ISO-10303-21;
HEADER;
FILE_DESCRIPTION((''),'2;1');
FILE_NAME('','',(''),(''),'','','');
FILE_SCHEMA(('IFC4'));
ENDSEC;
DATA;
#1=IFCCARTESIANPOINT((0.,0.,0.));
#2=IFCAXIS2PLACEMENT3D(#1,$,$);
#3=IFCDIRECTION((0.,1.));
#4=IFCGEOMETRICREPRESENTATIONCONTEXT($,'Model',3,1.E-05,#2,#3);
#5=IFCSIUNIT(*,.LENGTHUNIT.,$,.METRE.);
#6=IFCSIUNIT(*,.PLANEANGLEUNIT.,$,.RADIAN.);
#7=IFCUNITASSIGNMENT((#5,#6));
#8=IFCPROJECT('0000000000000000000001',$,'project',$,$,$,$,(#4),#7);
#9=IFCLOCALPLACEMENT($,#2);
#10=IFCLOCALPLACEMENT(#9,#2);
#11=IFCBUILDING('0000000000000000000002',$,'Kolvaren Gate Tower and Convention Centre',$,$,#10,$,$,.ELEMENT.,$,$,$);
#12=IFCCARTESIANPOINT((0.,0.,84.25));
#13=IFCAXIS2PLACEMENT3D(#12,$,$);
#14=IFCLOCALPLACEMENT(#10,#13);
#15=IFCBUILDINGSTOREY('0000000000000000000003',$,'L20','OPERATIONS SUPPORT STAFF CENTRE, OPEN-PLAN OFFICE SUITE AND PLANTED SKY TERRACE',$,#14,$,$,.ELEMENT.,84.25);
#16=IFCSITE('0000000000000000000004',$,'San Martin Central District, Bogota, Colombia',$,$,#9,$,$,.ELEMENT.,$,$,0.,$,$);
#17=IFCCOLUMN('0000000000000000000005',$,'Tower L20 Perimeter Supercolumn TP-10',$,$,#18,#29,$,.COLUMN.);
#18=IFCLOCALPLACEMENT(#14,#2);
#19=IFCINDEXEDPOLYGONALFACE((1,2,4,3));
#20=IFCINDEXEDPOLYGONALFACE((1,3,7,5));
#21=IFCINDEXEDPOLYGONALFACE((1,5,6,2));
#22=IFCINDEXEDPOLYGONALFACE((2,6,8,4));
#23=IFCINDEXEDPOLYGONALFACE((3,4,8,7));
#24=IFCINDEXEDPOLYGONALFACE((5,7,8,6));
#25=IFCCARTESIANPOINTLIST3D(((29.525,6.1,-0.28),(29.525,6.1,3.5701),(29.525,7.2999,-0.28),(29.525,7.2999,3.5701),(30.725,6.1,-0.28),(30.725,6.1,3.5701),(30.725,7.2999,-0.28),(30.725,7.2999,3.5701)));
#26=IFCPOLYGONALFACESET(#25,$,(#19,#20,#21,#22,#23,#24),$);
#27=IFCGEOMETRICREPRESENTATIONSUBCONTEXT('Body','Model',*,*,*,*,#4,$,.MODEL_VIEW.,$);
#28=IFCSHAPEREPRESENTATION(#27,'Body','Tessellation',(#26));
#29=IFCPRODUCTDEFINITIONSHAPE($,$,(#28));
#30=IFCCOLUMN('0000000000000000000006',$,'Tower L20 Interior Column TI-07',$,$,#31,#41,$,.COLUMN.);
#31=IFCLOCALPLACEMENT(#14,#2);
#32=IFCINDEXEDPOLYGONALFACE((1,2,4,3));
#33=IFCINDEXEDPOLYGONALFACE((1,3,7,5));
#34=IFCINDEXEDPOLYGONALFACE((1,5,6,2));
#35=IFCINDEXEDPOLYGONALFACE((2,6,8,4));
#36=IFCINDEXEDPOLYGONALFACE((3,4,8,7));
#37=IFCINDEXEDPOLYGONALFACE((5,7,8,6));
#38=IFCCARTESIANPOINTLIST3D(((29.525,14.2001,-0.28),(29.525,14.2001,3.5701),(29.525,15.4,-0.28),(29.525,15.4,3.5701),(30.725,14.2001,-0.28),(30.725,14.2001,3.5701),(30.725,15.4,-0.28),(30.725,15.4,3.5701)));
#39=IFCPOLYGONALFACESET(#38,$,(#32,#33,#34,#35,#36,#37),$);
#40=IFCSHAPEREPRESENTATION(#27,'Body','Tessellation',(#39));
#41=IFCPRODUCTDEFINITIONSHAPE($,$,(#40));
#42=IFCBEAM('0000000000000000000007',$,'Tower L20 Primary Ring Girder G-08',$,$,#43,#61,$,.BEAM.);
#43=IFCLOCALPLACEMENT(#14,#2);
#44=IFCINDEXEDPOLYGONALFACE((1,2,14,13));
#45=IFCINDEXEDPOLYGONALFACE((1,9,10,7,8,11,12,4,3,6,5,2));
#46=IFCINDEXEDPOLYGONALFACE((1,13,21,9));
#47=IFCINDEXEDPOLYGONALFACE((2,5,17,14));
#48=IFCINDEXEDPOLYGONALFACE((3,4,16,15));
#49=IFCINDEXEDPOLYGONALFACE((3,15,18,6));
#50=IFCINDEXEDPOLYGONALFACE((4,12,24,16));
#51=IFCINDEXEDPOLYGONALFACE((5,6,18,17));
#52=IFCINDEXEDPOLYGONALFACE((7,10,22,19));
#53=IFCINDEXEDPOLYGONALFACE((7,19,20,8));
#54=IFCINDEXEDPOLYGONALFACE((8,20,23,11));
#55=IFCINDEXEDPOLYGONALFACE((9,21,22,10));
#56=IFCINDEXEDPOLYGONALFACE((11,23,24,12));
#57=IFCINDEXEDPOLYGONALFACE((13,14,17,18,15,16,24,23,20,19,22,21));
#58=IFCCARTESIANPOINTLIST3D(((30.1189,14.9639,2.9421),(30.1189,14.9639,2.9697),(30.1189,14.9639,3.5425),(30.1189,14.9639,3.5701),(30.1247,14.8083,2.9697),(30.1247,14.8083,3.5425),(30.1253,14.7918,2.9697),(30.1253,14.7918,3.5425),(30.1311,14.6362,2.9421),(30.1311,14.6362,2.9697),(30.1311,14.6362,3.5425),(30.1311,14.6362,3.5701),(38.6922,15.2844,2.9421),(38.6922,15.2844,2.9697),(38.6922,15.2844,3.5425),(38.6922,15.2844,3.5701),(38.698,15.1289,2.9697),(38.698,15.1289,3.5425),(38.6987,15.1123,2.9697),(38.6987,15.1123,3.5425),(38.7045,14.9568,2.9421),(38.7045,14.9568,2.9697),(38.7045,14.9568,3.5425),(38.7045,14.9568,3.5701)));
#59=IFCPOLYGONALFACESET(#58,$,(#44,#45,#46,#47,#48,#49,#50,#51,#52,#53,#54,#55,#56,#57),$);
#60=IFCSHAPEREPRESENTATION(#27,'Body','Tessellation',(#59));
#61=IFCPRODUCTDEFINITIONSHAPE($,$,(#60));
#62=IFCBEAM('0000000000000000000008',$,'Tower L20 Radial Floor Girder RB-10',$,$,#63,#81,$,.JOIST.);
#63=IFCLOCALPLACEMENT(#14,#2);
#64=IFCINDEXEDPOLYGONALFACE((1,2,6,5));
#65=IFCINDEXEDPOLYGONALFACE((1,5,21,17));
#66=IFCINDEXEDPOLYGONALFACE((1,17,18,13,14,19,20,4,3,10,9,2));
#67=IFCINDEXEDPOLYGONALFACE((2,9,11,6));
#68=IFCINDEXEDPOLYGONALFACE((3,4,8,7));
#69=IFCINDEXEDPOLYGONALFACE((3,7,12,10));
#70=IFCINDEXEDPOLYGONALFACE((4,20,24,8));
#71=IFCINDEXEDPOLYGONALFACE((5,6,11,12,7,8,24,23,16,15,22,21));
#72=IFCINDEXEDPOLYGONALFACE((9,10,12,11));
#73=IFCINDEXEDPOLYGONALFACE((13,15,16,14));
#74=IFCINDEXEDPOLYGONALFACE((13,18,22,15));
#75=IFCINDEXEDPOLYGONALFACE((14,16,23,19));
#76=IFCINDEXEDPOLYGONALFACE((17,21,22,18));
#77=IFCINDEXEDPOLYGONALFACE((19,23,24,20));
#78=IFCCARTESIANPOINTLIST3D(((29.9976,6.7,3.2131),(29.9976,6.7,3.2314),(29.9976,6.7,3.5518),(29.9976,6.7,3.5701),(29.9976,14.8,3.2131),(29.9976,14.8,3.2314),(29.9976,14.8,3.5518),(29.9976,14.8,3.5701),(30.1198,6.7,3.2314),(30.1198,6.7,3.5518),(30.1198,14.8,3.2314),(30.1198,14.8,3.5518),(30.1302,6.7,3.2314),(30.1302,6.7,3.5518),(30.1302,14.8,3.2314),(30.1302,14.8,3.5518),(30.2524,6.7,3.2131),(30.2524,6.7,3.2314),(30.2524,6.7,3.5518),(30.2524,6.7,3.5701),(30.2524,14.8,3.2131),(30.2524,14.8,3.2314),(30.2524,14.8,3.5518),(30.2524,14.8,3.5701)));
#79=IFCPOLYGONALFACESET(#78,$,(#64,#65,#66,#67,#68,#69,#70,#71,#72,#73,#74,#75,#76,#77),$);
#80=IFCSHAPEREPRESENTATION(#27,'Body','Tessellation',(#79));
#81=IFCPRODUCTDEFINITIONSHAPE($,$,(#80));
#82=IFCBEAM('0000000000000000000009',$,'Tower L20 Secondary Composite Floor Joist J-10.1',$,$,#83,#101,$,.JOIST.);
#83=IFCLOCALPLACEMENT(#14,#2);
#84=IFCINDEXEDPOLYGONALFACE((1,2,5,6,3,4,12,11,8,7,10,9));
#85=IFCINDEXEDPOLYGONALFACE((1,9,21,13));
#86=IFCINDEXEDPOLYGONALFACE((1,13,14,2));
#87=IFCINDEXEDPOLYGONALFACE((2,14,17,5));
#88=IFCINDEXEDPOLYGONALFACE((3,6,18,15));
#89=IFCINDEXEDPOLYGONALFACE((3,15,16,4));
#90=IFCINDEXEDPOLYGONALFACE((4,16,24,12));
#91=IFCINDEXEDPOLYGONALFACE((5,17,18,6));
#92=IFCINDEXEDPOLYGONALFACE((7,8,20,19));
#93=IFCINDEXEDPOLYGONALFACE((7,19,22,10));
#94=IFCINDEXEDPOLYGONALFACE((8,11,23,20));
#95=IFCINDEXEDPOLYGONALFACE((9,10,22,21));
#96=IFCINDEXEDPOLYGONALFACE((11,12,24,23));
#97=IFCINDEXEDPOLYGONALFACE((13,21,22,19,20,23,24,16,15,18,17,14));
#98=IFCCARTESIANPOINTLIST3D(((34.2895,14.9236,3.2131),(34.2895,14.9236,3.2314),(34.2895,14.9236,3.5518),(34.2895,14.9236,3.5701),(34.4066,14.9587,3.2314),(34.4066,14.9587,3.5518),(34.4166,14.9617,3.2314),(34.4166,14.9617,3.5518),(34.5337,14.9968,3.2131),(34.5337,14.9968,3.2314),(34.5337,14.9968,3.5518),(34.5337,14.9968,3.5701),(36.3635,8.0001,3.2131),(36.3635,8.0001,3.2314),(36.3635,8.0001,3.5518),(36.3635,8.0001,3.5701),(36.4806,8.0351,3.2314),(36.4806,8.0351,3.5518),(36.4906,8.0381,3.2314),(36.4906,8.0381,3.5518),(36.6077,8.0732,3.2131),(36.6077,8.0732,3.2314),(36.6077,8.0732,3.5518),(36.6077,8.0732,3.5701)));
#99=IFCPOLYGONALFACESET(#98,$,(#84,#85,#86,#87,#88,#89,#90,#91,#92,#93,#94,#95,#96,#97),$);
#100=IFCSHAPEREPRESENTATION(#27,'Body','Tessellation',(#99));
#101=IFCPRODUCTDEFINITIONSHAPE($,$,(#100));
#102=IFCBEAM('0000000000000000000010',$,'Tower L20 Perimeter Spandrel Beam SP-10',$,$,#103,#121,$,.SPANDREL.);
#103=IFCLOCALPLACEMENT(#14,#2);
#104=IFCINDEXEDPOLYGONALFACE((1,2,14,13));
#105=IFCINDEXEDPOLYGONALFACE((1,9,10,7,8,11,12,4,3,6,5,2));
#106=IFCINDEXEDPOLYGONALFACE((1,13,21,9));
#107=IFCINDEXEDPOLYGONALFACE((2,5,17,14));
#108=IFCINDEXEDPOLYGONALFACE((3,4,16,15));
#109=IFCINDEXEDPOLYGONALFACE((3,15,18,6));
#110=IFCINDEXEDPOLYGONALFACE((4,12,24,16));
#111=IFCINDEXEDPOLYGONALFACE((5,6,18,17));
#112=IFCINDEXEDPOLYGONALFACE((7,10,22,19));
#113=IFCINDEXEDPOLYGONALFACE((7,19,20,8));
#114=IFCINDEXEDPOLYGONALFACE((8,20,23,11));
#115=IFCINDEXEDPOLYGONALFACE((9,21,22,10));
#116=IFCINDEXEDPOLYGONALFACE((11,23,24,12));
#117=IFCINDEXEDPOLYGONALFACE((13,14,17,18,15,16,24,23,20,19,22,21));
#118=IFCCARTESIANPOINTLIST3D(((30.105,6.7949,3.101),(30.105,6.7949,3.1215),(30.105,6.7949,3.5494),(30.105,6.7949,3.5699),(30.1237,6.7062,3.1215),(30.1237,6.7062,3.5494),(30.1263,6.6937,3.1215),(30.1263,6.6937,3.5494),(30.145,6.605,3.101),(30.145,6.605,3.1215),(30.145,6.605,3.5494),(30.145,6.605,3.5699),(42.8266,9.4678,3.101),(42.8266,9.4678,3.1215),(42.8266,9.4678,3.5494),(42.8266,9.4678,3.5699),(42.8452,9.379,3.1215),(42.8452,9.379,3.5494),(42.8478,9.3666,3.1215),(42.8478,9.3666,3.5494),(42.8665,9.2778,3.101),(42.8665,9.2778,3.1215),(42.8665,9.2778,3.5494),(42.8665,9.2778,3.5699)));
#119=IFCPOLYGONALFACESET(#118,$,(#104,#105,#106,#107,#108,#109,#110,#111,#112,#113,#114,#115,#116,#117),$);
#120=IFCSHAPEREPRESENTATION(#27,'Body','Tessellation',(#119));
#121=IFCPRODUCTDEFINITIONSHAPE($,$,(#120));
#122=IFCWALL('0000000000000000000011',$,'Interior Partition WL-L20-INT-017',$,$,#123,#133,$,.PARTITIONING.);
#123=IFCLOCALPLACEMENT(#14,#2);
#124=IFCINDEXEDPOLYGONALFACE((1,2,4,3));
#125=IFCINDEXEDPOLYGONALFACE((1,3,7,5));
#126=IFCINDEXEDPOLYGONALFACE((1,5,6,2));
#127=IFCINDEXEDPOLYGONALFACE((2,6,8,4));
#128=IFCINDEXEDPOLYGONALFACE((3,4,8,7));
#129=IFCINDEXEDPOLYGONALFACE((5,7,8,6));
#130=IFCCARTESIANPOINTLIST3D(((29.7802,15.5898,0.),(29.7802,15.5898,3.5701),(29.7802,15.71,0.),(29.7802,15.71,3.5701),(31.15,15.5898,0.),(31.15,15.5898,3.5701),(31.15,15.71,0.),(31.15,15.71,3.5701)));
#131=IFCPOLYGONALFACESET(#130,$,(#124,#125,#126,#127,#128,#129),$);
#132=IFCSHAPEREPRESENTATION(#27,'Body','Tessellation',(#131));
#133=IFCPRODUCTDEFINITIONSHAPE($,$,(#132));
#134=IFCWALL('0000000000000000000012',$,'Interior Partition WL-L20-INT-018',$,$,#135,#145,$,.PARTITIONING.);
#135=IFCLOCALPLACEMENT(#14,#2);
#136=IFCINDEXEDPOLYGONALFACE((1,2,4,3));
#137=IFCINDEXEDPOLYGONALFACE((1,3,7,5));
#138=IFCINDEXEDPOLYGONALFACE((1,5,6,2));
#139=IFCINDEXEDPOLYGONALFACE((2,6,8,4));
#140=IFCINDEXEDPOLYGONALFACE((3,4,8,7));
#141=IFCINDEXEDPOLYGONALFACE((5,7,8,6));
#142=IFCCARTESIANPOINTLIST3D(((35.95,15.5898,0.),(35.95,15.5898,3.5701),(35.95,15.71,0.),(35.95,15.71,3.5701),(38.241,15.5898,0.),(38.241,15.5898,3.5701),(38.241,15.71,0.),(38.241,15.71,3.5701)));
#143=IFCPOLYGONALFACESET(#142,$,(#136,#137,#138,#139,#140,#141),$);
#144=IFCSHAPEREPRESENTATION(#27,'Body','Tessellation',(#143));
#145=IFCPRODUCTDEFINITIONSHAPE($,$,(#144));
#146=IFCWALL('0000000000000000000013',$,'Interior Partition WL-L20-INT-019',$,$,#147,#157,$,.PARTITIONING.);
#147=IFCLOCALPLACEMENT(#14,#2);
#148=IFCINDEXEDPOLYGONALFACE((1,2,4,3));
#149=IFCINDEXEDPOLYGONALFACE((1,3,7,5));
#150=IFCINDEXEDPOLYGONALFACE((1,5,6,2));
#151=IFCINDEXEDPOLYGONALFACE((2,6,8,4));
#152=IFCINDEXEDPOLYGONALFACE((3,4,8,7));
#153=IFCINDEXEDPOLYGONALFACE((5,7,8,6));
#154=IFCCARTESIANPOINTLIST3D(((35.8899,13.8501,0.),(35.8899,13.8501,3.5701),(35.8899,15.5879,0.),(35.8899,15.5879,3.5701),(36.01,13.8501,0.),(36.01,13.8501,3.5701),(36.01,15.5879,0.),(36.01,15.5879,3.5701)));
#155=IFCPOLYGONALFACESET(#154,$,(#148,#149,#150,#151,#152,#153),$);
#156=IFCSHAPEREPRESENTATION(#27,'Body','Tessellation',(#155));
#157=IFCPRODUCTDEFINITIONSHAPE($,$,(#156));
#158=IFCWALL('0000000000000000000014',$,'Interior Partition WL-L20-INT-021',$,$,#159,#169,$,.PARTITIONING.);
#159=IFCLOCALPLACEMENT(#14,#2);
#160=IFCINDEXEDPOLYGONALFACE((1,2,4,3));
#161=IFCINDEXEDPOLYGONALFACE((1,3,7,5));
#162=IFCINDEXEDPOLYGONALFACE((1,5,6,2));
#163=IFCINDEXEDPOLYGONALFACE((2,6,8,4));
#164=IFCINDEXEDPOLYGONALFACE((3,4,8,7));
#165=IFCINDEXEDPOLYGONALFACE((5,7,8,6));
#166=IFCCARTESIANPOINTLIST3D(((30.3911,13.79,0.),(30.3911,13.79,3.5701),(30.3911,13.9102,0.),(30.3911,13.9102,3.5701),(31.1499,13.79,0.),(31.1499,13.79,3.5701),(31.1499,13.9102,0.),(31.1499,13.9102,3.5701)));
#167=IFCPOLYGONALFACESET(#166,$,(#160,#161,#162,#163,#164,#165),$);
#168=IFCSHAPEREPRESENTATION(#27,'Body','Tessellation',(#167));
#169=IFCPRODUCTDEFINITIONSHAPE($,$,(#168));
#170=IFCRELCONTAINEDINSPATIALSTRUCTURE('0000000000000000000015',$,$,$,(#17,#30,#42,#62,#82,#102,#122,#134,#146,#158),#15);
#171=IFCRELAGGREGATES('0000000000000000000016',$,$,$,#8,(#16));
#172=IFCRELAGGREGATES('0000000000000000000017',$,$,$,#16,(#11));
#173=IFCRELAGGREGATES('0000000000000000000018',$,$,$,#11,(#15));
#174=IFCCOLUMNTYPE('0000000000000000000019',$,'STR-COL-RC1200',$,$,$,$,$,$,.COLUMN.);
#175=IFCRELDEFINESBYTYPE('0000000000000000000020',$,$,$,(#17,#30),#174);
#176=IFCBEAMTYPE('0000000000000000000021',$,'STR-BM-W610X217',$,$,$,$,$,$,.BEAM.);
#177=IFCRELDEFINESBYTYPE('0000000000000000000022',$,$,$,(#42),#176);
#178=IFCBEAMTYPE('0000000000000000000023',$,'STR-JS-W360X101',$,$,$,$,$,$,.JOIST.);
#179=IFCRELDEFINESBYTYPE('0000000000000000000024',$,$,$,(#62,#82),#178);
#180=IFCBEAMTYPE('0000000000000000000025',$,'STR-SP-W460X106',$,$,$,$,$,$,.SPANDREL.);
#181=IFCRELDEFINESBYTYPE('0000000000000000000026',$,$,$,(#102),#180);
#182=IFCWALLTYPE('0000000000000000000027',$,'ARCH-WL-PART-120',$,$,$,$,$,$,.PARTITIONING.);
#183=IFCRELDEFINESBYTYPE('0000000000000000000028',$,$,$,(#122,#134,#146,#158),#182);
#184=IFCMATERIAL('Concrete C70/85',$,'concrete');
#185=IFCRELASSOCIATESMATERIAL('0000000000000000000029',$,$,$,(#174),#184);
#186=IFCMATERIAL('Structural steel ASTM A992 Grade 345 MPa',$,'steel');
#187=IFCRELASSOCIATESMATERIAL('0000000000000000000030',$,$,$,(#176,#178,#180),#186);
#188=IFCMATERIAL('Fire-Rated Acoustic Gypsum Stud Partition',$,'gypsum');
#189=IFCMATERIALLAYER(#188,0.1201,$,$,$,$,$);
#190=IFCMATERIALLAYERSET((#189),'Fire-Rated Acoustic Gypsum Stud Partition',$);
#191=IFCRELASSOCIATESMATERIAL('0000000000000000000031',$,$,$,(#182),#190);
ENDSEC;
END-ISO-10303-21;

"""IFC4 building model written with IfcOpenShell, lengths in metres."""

from ifc_helpers import new_model, si_unit, direction, frame, frame_2d, origin, origin_2d, place, context, subcontext, project, spatial, rectangle, i_section, extrude, material, layer, layer_set, material_profile, profile_set, type_object, element, save


model = new_model("IFC4")

# Units and contexts
model_context = context("Model", 3, precision=1e-05, world=origin(), true_north=direction((0.0, 1.0)))
body_context = subcontext(model_context, "Body", "Model", "MODEL_VIEW")
ifc_project = project(units=[si_unit("LENGTHUNIT", "METRE"), si_unit("PLANEANGLEUNIT", "RADIAN")], contexts=[model_context])

# Site, building, storey
site_placement = place(None, origin())
site = spatial("IfcSite", under=ifc_project, at=site_placement, Name="San Martin Central District, Bogota, Colombia", CompositionType="ELEMENT", RefElevation=0.0)
building_placement = place(site_placement, origin())
building = spatial("IfcBuilding", under=site, at=building_placement, Name="Kolvaren Gate Tower and Convention Centre", CompositionType="ELEMENT")
storey_placement = place(building_placement, frame((0.0, 0.0, 84.25)))
storey = spatial("IfcBuildingStorey", under=building, at=storey_placement, Name="L20", Description="OPERATIONS SUPPORT STAFF CENTRE, OPEN-PLAN OFFICE SUITE AND PLANTED SKY TERRACE", CompositionType="ELEMENT", Elevation=84.25)

# Columns
ifc_material_1 = material(Name="Concrete C70/85", Category="concrete")
ifc_material_profile_1 = material_profile(ifc_material_1, rectangle(XDim=1.2, YDim=1.2, at=origin_2d()), Name="RC-COL-1200X1200")
ifc_profile_set_1 = profile_set([ifc_material_profile_1], Name="Concrete C70/85")
column_type = type_object("IfcColumnType", Name="STR-COL-RC1200", PredefinedType="COLUMN", material=ifc_profile_set_1)
for number, where, z_axis, x_axis, name in (
    (1, (30.125, 6.7, -0.28), (0.0, 0.0, 1.0), (1.0, 0.0, 0.0), "Tower L20 Perimeter Supercolumn TP-10"),
    (2, (30.125, 14.8, -0.28), (0.0, 0.0, 1.0), (1.0, 0.0, 0.0), "Tower L20 Interior Column TI-07"),
):
    element("IfcColumn", number, at=place(storey_placement, frame(where, z_axis=z_axis, x_axis=x_axis)), inside=storey, type_object=column_type, Name=name, PredefinedType="COLUMN", context=body_context, shape_type="SweptSolid", body=[
        extrude(rectangle(XDim=1.2, YDim=1.2, at=origin_2d()), origin(), (0.0, 0.0, 1.0), 3.8501),
    ])

# Beams
ifc_material_2 = material(Name="Structural steel ASTM A992 Grade 345 MPa", Category="steel")
ifc_material_profile_2 = material_profile(ifc_material_2, i_section(OverallWidth=0.3279, OverallDepth=0.6279, WebThickness=0.0166, FlangeThickness=0.0276, at=origin_2d()), Name="W610X217")
ifc_profile_set_2 = profile_set([ifc_material_profile_2], Name="Structural steel ASTM A992 Grade 345 MPa")
beam_type_1 = type_object("IfcBeamType", Name="STR-BM-W610X217", PredefinedType="BEAM", material=ifc_profile_set_2)
beam_1_placement = place(storey_placement, frame((30.125, 14.8, 3.2561), z_axis=(0.999302, 0.037364, 0.0), x_axis=(-0.037364, 0.999302, 0.0)))
element("IfcBeam", 3, at=beam_1_placement, inside=storey, type_object=beam_type_1, Name="Tower L20 Primary Ring Girder G-08", PredefinedType="BEAM", context=body_context, shape_type="SweptSolid", body=[
    extrude(i_section(OverallWidth=0.3279, OverallDepth=0.6279, WebThickness=0.0166, FlangeThickness=0.0276, at=origin_2d()), origin(), (0.0, 0.0, 1.0), 8.5793),
])
ifc_material_profile_3 = material_profile(ifc_material_2, i_section(OverallWidth=0.2549, OverallDepth=0.3569, WebThickness=0.0105, FlangeThickness=0.0183, at=origin_2d()), Name="W360X101")
ifc_profile_set_3 = profile_set([ifc_material_profile_3], Name="Structural steel ASTM A992 Grade 345 MPa")
beam_type_2 = type_object("IfcBeamType", Name="STR-JS-W360X101", PredefinedType="JOIST", material=ifc_profile_set_3)
beam_2_placement = place(storey_placement, frame((30.125, 14.8, 3.3916), z_axis=(0.0, -1.0, 0.0), x_axis=(1.0, 0.0, 0.0)))
element("IfcBeam", 4, at=beam_2_placement, inside=storey, type_object=beam_type_2, Name="Tower L20 Radial Floor Girder RB-10", PredefinedType="JOIST", context=body_context, shape_type="SweptSolid", body=[
    extrude(i_section(OverallWidth=0.2549, OverallDepth=0.3569, WebThickness=0.0105, FlangeThickness=0.0183, at=origin_2d()), origin(), (0.0, 0.0, 1.0), 8.1001),
])
beam_3_placement = place(storey_placement, frame((34.4116, 14.9602, 3.3916), z_axis=(0.286954, -0.957944, 0.0), x_axis=(0.957944, 0.286954, 0.0)))
element("IfcBeam", 5, at=beam_3_placement, inside=storey, type_object=beam_type_2, Name="Tower L20 Secondary Composite Floor Joist J-10.1", PredefinedType="JOIST", context=body_context, shape_type="SweptSolid", body=[
    extrude(i_section(OverallWidth=0.2549, OverallDepth=0.3569, WebThickness=0.0105, FlangeThickness=0.0183, at=origin_2d()), origin(), (0.0, 0.0, 1.0), 7.2275),
])
ifc_material_profile_4 = material_profile(ifc_material_2, i_section(OverallWidth=0.1941, OverallDepth=0.469, WebThickness=0.0127, FlangeThickness=0.0205, at=origin_2d()), Name="W460X106")
ifc_profile_set_4 = profile_set([ifc_material_profile_4], Name="Structural steel ASTM A992 Grade 345 MPa")
beam_type_3 = type_object("IfcBeamType", Name="STR-SP-W460X106", PredefinedType="SPANDREL", material=ifc_profile_set_4)
beam_4_placement = place(storey_placement, frame((30.125, 6.7, 3.3354), z_axis=(0.978633, 0.205617, 0.0), x_axis=(-0.205617, 0.978633, 0.0)))
element("IfcBeam", 6, at=beam_4_placement, inside=storey, type_object=beam_type_3, Name="Tower L20 Perimeter Spandrel Beam SP-10", PredefinedType="SPANDREL", context=body_context, shape_type="SweptSolid", body=[
    extrude(i_section(OverallWidth=0.1941, OverallDepth=0.469, WebThickness=0.0127, FlangeThickness=0.0205, at=origin_2d()), origin(), (0.0, 0.0, 1.0), 12.9993),
])

# Walls
ifc_material_3 = material(Name="Fire-Rated Acoustic Gypsum Stud Partition", Category="gypsum")
ifc_layer_1 = layer(ifc_material_3, 0.1201)
ifc_layer_set_1 = layer_set([ifc_layer_1], Name="Fire-Rated Acoustic Gypsum Stud Partition")
wall_type_1 = type_object("IfcWallType", Name="ARCH-WL-PART-120", PredefinedType="PARTITIONING", material=ifc_layer_set_1)
wall_1_placement = place(storey_placement, frame((29.78, 15.6499, 0.0), z_axis=(0.0, 0.0, 1.0), x_axis=(1.0, 0.0, 0.0)))
element("IfcWall", 7, at=wall_1_placement, inside=storey, type_object=wall_type_1, Name="Interior Partition WL-L20-INT-017", PredefinedType="PARTITIONING", context=body_context, shape_type="SweptSolid", body=[
    extrude(rectangle(XDim=1.3699, YDim=0.1201, at=frame_2d((0.6851, 0.0))), origin(), (0.0, 0.0, 1.0), 3.5701),
])
wall_2_placement = place(storey_placement, frame((35.95, 15.6499, 0.0), z_axis=(0.0, 0.0, 1.0), x_axis=(1.0, 0.0, 0.0)))
element("IfcWall", 8, at=wall_2_placement, inside=storey, type_object=wall_type_1, Name="Interior Partition WL-L20-INT-018", PredefinedType="PARTITIONING", context=body_context, shape_type="SweptSolid", body=[
    extrude(rectangle(XDim=2.291, YDim=0.1201, at=frame_2d((1.1455, 0.0))), origin(), (0.0, 0.0, 1.0), 3.5701),
])
wall_3_placement = place(storey_placement, frame((35.95, 13.8501, 0.0), z_axis=(0.0, 0.0, 1.0), x_axis=(0.0, 1.0, 0.0)))
element("IfcWall", 9, at=wall_3_placement, inside=storey, type_object=wall_type_1, Name="Interior Partition WL-L20-INT-019", PredefinedType="PARTITIONING", context=body_context, shape_type="SweptSolid", body=[
    extrude(rectangle(XDim=1.7378, YDim=0.1201, at=frame_2d((0.8689, 0.0))), origin(), (0.0, 0.0, 1.0), 3.5701),
])
wall_4_placement = place(storey_placement, frame((30.3911, 13.8501, 0.0), z_axis=(0.0, 0.0, 1.0), x_axis=(1.0, 0.0, 0.0)))
element("IfcWall", 10, at=wall_4_placement, inside=storey, type_object=wall_type_1, Name="Interior Partition WL-L20-INT-021", PredefinedType="PARTITIONING", context=body_context, shape_type="SweptSolid", body=[
    extrude(rectangle(XDim=0.7588, YDim=0.1201, at=frame_2d((0.3794, 0.0))), origin(), (0.0, 0.0, 1.0), 3.5701),
])

save(model, "model.ifc")
